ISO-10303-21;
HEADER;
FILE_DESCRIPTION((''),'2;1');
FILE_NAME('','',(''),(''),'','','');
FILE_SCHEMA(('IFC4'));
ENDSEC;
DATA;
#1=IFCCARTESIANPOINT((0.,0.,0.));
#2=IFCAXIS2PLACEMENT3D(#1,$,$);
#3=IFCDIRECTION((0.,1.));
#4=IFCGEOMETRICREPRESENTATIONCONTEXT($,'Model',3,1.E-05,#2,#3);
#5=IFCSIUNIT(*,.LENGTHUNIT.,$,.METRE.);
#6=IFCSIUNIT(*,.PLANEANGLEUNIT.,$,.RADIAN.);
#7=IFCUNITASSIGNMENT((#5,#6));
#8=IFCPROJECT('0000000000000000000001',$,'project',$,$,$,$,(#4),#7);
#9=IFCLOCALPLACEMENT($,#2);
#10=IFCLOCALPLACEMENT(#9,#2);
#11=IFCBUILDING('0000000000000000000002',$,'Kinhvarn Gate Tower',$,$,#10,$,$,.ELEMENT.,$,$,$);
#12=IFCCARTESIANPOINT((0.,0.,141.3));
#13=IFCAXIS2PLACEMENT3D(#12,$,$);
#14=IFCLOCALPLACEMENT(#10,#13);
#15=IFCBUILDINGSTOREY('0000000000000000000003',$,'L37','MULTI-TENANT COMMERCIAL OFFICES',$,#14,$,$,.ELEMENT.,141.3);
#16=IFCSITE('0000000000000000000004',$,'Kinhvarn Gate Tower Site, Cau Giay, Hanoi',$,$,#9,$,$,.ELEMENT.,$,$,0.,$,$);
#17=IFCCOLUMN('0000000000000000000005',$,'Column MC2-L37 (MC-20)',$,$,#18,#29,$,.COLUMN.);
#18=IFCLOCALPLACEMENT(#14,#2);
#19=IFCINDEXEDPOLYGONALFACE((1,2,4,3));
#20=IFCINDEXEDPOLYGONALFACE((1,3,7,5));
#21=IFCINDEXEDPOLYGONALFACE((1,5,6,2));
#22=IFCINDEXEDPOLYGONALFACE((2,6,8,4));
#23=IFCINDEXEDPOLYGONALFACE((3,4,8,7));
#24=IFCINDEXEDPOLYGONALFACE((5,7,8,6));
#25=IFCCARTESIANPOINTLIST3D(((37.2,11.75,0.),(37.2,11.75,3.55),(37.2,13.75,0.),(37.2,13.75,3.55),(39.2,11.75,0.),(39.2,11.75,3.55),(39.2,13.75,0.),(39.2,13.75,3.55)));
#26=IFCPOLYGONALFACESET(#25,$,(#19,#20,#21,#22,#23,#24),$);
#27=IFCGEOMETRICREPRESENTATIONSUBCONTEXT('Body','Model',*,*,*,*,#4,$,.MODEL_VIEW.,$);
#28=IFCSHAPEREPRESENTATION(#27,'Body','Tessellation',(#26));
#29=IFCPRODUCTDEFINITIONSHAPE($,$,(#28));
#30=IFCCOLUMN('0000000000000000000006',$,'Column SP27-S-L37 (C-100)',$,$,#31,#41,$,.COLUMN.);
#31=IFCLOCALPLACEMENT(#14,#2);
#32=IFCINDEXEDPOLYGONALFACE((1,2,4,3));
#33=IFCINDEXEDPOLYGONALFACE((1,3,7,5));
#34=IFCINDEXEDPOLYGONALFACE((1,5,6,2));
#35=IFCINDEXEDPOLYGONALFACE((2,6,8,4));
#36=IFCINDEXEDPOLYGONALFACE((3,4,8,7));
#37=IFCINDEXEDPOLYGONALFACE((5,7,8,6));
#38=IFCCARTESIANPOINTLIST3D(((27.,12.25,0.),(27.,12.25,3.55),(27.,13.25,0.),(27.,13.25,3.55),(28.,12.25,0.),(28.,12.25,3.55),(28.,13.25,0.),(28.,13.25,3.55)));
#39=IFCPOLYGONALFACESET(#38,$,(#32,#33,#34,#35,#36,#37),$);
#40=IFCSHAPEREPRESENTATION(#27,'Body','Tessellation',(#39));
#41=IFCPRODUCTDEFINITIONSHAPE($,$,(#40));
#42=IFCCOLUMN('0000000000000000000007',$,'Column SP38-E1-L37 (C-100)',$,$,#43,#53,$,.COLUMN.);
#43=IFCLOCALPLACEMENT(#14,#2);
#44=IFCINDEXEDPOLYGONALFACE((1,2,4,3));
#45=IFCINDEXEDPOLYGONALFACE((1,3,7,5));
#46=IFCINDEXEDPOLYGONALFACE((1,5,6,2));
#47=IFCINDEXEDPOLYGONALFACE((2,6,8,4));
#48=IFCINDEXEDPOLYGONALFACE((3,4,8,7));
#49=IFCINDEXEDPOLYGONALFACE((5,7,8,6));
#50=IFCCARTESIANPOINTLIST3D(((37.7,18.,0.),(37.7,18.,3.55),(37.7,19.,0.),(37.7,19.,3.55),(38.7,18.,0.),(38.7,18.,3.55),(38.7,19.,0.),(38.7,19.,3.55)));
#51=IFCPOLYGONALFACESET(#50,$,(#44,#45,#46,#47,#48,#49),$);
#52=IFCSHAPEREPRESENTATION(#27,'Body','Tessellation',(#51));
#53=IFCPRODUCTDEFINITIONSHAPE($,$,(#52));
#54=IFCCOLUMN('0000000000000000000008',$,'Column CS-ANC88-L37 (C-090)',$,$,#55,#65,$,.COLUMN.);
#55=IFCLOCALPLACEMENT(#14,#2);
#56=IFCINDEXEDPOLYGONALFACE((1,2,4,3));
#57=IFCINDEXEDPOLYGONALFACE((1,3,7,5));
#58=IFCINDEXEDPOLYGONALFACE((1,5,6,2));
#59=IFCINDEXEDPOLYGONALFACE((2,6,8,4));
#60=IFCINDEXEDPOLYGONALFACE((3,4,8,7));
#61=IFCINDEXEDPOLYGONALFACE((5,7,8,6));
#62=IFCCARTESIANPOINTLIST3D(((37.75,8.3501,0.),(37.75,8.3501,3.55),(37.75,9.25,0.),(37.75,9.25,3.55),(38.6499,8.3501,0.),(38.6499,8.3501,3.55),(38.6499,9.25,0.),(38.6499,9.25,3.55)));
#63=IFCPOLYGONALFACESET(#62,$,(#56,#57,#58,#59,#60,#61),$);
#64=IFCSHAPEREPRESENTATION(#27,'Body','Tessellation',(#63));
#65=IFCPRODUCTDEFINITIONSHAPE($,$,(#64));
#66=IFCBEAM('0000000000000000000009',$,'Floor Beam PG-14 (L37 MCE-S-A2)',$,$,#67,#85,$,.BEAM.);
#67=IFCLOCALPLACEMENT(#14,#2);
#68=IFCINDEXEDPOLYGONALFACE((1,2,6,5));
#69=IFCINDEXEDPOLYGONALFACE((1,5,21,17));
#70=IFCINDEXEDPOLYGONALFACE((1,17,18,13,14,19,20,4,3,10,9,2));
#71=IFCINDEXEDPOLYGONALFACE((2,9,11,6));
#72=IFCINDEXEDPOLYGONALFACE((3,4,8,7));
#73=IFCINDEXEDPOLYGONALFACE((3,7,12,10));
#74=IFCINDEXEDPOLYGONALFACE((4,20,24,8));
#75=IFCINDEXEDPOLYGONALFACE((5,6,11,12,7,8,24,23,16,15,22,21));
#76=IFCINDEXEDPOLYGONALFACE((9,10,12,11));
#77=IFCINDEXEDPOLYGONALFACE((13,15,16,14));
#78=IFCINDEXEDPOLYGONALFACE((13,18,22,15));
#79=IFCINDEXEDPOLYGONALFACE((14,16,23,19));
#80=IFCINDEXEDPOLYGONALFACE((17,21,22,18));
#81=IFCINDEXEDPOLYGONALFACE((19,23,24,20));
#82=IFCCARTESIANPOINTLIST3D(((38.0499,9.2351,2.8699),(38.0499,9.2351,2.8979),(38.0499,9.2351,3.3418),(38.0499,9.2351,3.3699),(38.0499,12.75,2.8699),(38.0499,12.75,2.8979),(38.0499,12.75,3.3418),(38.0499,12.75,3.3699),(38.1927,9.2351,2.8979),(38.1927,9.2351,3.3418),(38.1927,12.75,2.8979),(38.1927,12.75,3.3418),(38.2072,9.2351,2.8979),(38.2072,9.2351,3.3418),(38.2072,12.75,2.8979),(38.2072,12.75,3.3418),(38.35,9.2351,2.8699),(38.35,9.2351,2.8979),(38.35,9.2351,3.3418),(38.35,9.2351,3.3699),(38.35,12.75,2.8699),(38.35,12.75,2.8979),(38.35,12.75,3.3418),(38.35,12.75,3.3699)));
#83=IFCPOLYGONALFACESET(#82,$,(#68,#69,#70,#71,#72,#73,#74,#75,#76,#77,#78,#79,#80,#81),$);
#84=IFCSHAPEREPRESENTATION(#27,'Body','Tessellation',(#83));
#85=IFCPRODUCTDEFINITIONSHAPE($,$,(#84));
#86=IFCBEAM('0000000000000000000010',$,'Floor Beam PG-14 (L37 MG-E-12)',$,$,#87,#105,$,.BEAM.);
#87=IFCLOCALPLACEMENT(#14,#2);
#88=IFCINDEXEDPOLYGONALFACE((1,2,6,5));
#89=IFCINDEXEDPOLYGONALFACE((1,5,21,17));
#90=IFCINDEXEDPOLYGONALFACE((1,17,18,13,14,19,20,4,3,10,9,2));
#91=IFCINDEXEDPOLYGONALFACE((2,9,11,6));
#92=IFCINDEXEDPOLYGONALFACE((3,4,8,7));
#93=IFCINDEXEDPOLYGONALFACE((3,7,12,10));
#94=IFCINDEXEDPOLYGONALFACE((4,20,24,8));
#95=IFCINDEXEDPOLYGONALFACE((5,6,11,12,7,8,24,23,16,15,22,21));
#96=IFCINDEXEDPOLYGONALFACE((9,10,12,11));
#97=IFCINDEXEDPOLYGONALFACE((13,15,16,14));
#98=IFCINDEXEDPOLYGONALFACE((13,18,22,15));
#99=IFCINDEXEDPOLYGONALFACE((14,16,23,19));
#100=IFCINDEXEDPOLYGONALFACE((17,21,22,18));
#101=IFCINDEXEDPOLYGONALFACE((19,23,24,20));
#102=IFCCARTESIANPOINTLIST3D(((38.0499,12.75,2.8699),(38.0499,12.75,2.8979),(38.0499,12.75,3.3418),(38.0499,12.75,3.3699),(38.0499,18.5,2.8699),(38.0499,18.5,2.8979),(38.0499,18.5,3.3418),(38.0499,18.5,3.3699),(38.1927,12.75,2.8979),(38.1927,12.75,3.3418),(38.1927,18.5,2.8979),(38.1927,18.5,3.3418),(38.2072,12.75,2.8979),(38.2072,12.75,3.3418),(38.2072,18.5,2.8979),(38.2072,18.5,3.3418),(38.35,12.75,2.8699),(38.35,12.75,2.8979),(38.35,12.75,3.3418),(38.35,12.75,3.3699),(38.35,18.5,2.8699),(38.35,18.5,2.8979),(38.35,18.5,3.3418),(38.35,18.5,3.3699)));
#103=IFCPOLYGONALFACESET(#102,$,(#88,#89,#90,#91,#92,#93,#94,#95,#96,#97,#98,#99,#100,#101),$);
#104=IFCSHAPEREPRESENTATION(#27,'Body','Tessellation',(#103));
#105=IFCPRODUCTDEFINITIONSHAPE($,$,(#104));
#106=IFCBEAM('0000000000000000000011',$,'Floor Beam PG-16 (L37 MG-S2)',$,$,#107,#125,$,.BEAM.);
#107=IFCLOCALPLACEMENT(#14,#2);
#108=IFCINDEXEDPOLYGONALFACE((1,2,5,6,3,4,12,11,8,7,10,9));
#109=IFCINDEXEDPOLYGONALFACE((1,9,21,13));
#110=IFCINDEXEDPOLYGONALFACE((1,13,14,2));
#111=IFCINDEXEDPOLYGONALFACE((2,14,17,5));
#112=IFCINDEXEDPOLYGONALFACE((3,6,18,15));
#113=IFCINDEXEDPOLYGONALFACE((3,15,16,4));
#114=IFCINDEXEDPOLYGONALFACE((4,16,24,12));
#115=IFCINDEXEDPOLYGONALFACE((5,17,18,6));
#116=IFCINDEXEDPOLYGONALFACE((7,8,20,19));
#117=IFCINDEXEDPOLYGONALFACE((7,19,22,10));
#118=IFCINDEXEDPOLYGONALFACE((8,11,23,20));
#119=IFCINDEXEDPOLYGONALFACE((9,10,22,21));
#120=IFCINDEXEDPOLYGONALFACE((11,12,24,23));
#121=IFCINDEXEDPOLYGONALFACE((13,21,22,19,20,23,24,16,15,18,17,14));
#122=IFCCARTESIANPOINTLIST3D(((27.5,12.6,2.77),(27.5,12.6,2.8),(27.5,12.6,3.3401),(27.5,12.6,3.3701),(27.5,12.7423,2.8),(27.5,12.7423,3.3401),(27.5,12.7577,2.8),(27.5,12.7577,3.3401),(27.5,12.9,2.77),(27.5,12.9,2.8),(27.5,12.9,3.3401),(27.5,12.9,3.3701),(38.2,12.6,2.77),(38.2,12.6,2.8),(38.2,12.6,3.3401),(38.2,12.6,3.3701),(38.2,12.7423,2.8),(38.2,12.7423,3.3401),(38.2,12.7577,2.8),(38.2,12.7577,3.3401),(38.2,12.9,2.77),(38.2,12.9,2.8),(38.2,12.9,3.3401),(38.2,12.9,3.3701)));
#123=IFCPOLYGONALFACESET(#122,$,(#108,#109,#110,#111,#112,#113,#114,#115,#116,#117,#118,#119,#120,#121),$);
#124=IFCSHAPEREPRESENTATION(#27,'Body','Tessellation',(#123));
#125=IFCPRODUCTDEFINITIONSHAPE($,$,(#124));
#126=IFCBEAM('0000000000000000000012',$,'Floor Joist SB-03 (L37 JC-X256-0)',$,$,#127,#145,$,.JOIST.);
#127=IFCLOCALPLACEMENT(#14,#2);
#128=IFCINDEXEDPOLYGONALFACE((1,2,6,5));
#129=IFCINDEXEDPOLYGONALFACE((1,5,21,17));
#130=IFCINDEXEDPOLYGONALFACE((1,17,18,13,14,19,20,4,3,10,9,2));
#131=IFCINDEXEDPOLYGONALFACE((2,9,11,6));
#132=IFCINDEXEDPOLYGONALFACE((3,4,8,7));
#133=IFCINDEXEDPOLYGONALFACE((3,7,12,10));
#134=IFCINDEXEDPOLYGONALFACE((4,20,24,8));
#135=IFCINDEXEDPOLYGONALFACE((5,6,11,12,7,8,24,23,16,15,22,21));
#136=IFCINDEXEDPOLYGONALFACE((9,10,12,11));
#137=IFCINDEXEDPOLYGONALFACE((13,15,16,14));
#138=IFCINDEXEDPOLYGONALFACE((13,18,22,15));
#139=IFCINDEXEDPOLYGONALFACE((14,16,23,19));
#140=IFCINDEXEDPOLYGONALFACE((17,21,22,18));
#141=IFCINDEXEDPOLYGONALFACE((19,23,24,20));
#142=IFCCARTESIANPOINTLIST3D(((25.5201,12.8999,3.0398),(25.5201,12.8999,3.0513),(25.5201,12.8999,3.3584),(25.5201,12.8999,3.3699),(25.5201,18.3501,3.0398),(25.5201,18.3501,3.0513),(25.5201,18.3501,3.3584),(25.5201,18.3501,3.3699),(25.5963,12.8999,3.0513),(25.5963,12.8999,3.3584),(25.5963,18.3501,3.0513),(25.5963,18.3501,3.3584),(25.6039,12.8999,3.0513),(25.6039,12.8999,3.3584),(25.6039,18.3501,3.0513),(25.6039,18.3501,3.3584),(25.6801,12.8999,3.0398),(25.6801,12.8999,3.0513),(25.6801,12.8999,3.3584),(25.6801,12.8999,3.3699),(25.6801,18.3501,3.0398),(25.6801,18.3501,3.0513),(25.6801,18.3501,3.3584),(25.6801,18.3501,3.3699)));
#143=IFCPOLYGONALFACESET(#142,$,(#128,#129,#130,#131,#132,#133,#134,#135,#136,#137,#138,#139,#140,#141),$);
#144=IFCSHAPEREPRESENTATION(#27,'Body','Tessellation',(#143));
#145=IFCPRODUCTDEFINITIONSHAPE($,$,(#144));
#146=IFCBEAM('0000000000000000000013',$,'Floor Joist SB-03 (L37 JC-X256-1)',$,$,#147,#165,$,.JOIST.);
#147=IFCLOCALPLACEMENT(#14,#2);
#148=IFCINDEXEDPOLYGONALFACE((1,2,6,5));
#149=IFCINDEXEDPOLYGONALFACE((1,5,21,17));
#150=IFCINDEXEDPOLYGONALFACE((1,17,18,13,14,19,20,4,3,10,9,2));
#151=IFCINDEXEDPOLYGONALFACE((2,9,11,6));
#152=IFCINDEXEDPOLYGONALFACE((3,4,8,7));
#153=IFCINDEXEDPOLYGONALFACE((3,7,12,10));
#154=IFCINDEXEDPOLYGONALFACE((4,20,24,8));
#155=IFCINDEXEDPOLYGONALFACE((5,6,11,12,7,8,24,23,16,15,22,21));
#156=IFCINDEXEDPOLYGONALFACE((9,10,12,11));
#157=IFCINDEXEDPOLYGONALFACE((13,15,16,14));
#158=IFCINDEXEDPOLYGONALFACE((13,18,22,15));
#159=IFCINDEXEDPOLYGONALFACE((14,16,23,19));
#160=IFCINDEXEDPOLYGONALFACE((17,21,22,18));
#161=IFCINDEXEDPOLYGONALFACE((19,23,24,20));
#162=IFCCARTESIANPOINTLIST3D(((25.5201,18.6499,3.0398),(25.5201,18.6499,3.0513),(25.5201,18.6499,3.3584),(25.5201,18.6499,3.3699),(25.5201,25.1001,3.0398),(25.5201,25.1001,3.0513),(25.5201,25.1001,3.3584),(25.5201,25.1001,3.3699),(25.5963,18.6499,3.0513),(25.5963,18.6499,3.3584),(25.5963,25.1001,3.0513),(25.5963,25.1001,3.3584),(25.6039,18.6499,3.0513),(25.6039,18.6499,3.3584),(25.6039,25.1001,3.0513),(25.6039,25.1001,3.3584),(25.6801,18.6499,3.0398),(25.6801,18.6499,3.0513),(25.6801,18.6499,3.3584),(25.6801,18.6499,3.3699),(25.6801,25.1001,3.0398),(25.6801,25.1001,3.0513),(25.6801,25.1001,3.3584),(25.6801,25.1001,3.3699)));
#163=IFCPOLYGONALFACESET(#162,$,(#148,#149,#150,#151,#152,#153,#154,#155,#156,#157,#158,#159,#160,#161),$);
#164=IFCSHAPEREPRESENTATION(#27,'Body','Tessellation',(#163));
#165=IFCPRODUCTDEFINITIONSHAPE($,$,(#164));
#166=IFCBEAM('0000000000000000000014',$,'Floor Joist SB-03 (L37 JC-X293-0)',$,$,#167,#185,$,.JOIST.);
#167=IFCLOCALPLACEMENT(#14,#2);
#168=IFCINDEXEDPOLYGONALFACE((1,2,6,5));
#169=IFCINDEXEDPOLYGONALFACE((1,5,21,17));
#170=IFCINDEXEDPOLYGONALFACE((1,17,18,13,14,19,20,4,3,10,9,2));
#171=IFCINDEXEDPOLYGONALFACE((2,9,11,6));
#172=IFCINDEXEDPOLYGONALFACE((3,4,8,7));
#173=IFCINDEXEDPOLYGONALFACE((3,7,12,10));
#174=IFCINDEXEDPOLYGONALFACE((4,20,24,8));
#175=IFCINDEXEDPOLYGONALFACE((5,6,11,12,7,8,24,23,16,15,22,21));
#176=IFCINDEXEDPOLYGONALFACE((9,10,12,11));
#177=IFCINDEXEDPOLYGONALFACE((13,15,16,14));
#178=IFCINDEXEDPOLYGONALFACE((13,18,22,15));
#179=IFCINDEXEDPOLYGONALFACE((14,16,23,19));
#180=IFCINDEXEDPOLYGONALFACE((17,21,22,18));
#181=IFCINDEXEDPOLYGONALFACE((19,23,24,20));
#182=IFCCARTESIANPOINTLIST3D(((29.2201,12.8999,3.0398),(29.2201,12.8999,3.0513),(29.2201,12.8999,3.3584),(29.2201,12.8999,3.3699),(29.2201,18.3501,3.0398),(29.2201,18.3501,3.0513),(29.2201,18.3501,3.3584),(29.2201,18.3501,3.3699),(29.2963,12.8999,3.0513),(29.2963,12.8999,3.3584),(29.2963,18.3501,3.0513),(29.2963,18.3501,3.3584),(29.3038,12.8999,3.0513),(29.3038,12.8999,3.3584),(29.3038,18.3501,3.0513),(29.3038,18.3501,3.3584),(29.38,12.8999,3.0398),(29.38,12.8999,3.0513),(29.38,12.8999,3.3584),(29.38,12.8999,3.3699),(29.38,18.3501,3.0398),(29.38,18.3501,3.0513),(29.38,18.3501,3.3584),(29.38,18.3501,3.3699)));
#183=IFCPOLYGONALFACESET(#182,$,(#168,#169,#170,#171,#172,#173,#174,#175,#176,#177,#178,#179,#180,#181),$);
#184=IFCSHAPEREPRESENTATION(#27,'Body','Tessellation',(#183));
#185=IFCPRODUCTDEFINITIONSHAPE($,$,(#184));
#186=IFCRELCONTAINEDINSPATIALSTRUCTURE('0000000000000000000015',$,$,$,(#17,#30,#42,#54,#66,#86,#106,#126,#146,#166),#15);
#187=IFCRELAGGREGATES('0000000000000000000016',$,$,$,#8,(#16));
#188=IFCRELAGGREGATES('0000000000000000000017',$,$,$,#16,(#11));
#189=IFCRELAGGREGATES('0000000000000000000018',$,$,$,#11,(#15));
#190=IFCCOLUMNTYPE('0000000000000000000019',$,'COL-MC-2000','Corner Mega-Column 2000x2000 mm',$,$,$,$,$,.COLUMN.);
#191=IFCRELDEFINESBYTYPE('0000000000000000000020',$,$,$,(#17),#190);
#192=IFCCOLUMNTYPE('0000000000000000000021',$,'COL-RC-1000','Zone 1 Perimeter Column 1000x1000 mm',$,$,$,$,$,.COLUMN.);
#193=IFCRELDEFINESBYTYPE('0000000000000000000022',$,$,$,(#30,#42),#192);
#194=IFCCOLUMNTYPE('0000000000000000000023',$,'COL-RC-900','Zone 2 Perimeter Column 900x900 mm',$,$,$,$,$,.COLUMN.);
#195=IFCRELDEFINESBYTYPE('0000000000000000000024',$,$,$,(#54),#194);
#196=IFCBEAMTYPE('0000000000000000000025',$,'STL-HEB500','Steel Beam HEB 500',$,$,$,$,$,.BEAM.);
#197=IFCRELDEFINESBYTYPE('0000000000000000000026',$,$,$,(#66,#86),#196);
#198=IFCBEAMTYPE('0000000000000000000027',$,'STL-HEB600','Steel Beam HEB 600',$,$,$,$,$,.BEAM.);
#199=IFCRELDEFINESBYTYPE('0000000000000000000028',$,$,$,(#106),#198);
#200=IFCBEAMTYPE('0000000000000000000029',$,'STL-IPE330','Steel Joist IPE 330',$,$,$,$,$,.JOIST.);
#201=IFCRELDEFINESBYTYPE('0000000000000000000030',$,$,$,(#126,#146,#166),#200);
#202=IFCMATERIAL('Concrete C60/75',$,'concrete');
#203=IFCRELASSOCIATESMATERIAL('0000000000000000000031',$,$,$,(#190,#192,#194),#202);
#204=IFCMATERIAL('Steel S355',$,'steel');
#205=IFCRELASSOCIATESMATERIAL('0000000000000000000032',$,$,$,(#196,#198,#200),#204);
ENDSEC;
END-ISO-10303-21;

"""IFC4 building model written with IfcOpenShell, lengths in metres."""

from ifc_helpers import new_model, si_unit, direction, frame, origin, origin_2d, place, context, subcontext, project, spatial, rectangle, i_section, extrude, material, material_profile, profile_set, type_object, element, save


model = new_model("IFC4")

# Units and contexts
model_context = context("Model", 3, precision=1e-05, world=origin(), true_north=direction((0.0, 1.0)))
body_context = subcontext(model_context, "Body", "Model", "MODEL_VIEW")
ifc_project = project(units=[si_unit("LENGTHUNIT", "METRE"), si_unit("PLANEANGLEUNIT", "RADIAN")], contexts=[model_context])

# Site, building, storey
site_placement = place(None, origin())
site = spatial("IfcSite", under=ifc_project, at=site_placement, Name="Kinhvarn Gate Tower Site, Cau Giay, Hanoi", CompositionType="ELEMENT", RefElevation=0.0)
building_placement = place(site_placement, origin())
building = spatial("IfcBuilding", under=site, at=building_placement, Name="Kinhvarn Gate Tower", CompositionType="ELEMENT")
storey_placement = place(building_placement, frame((0.0, 0.0, 141.3)))
storey = spatial("IfcBuildingStorey", under=building, at=storey_placement, Name="L37", Description="MULTI-TENANT COMMERCIAL OFFICES", CompositionType="ELEMENT", Elevation=141.3)

# Columns
ifc_material_1 = material(Name="Concrete C60/75", Category="concrete")
ifc_material_profile_1 = material_profile(ifc_material_1, rectangle(XDim=2.0, YDim=2.0, at=origin_2d()), Name="RC 2000x2000")
ifc_profile_set_1 = profile_set([ifc_material_profile_1], Name="Concrete C60/75")
column_type_1 = type_object("IfcColumnType", Name="COL-MC-2000", Description="Corner Mega-Column 2000x2000 mm", PredefinedType="COLUMN", material=ifc_profile_set_1)
column_1_placement = place(storey_placement, frame((38.2, 12.75, 0.0), z_axis=(0.0, 0.0, 1.0), x_axis=(1.0, 0.0, 0.0)))
element("IfcColumn", 1, at=column_1_placement, inside=storey, type_object=column_type_1, Name="Column MC2-L37 (MC-20)", PredefinedType="COLUMN", context=body_context, shape_type="SweptSolid", body=[
    extrude(rectangle(XDim=2.0, YDim=2.0, at=origin_2d()), origin(), (0.0, 0.0, 1.0), 3.55),
])
ifc_material_profile_2 = material_profile(ifc_material_1, rectangle(XDim=1.0, YDim=1.0, at=origin_2d()), Name="RC 1000x1000")
ifc_profile_set_2 = profile_set([ifc_material_profile_2], Name="Concrete C60/75")
column_type_2 = type_object("IfcColumnType", Name="COL-RC-1000", Description="Zone 1 Perimeter Column 1000x1000 mm", PredefinedType="COLUMN", material=ifc_profile_set_2)
for number, where, z_axis, x_axis, name in (
    (2, (27.5, 12.75, 0.0), (0.0, 0.0, 1.0), (1.0, 0.0, 0.0), "Column SP27-S-L37 (C-100)"),
    (3, (38.2, 18.5, 0.0), (0.0, 0.0, 1.0), (1.0, 0.0, 0.0), "Column SP38-E1-L37 (C-100)"),
):
    element("IfcColumn", number, at=place(storey_placement, frame(where, z_axis=z_axis, x_axis=x_axis)), inside=storey, type_object=column_type_2, Name=name, PredefinedType="COLUMN", context=body_context, shape_type="SweptSolid", body=[
        extrude(rectangle(XDim=1.0, YDim=1.0, at=origin_2d()), origin(), (0.0, 0.0, 1.0), 3.55),
    ])
ifc_material_profile_3 = material_profile(ifc_material_1, rectangle(XDim=0.8999, YDim=0.8999, at=origin_2d()), Name="RC 900x900")
ifc_profile_set_3 = profile_set([ifc_material_profile_3], Name="Concrete C60/75")
column_type_3 = type_object("IfcColumnType", Name="COL-RC-900", Description="Zone 2 Perimeter Column 900x900 mm", PredefinedType="COLUMN", material=ifc_profile_set_3)
column_2_placement = place(storey_placement, frame((38.2, 8.8, 0.0), z_axis=(0.0, 0.0, 1.0), x_axis=(1.0, 0.0, 0.0)))
element("IfcColumn", 4, at=column_2_placement, inside=storey, type_object=column_type_3, Name="Column CS-ANC88-L37 (C-090)", PredefinedType="COLUMN", context=body_context, shape_type="SweptSolid", body=[
    extrude(rectangle(XDim=0.8999, YDim=0.8999, at=origin_2d()), origin(), (0.0, 0.0, 1.0), 3.55),
])

# Beams
ifc_material_2 = material(Name="Steel S355", Category="steel")
ifc_material_profile_4 = material_profile(ifc_material_2, i_section(OverallWidth=0.3, OverallDepth=0.5, WebThickness=0.0144, FlangeThickness=0.0281, at=origin_2d()), Name="HEB 500")
ifc_profile_set_4 = profile_set([ifc_material_profile_4], Name="Steel S355")
beam_type_1 = type_object("IfcBeamType", Name="STL-HEB500", Description="Steel Beam HEB 500", PredefinedType="BEAM", material=ifc_profile_set_4)
beam_1_placement = place(storey_placement, frame((38.2, 9.2351, 3.1199), z_axis=(0.0, 1.0, 0.0), x_axis=(-1.0, 0.0, 0.0)))
element("IfcBeam", 5, at=beam_1_placement, inside=storey, type_object=beam_type_1, Name="Floor Beam PG-14 (L37 MCE-S-A2)", PredefinedType="BEAM", context=body_context, shape_type="SweptSolid", body=[
    extrude(i_section(OverallWidth=0.3, OverallDepth=0.5, WebThickness=0.0144, FlangeThickness=0.0281, at=origin_2d()), origin(), (0.0, 0.0, 1.0), 3.5149),
])
beam_2_placement = place(storey_placement, frame((38.2, 12.75, 3.1199), z_axis=(0.0, 1.0, 0.0), x_axis=(-1.0, 0.0, 0.0)))
element("IfcBeam", 6, at=beam_2_placement, inside=storey, type_object=beam_type_1, Name="Floor Beam PG-14 (L37 MG-E-12)", PredefinedType="BEAM", context=body_context, shape_type="SweptSolid", body=[
    extrude(i_section(OverallWidth=0.3, OverallDepth=0.5, WebThickness=0.0144, FlangeThickness=0.0281, at=origin_2d()), origin(), (0.0, 0.0, 1.0), 5.75),
])
ifc_material_profile_5 = material_profile(ifc_material_2, i_section(OverallWidth=0.3, OverallDepth=0.6001, WebThickness=0.0154, FlangeThickness=0.03, at=origin_2d()), Name="HEB 600")
ifc_profile_set_5 = profile_set([ifc_material_profile_5], Name="Steel S355")
beam_type_2 = type_object("IfcBeamType", Name="STL-HEB600", Description="Steel Beam HEB 600", PredefinedType="BEAM", material=ifc_profile_set_5)
beam_3_placement = place(storey_placement, frame((27.5, 12.75, 3.0701), z_axis=(1.0, 0.0, 0.0), x_axis=(0.0, 1.0, 0.0)))
element("IfcBeam", 7, at=beam_3_placement, inside=storey, type_object=beam_type_2, Name="Floor Beam PG-16 (L37 MG-S2)", PredefinedType="BEAM", context=body_context, shape_type="SweptSolid", body=[
    extrude(i_section(OverallWidth=0.3, OverallDepth=0.6001, WebThickness=0.0154, FlangeThickness=0.03, at=origin_2d()), origin(), (0.0, 0.0, 1.0), 10.7),
])
ifc_material_profile_6 = material_profile(ifc_material_2, i_section(OverallWidth=0.1599, OverallDepth=0.3301, WebThickness=0.0076, FlangeThickness=0.0115, at=origin_2d()), Name="IPE 330")
ifc_profile_set_6 = profile_set([ifc_material_profile_6], Name="Steel S355")
beam_type_3 = type_object("IfcBeamType", Name="STL-IPE330", Description="Steel Joist IPE 330", PredefinedType="JOIST", material=ifc_profile_set_6)
beam_4_placement = place(storey_placement, frame((25.6001, 12.8999, 3.2048), z_axis=(0.0, 1.0, 0.0), x_axis=(-1.0, 0.0, 0.0)))
element("IfcBeam", 8, at=beam_4_placement, inside=storey, type_object=beam_type_3, Name="Floor Joist SB-03 (L37 JC-X256-0)", PredefinedType="JOIST", context=body_context, shape_type="SweptSolid", body=[
    extrude(i_section(OverallWidth=0.1599, OverallDepth=0.3301, WebThickness=0.0076, FlangeThickness=0.0115, at=origin_2d()), origin(), (0.0, 0.0, 1.0), 5.4502),
])
beam_5_placement = place(storey_placement, frame((25.6001, 18.6499, 3.2048), z_axis=(0.0, 1.0, 0.0), x_axis=(-1.0, 0.0, 0.0)))
element("IfcBeam", 9, at=beam_5_placement, inside=storey, type_object=beam_type_3, Name="Floor Joist SB-03 (L37 JC-X256-1)", PredefinedType="JOIST", context=body_context, shape_type="SweptSolid", body=[
    extrude(i_section(OverallWidth=0.1599, OverallDepth=0.3301, WebThickness=0.0076, FlangeThickness=0.0115, at=origin_2d()), origin(), (0.0, 0.0, 1.0), 6.4502),
])
beam_6_placement = place(storey_placement, frame((29.3, 12.8999, 3.2048), z_axis=(0.0, 1.0, 0.0), x_axis=(-1.0, 0.0, 0.0)))
element("IfcBeam", 10, at=beam_6_placement, inside=storey, type_object=beam_type_3, Name="Floor Joist SB-03 (L37 JC-X293-0)", PredefinedType="JOIST", context=body_context, shape_type="SweptSolid", body=[
    extrude(i_section(OverallWidth=0.1599, OverallDepth=0.3301, WebThickness=0.0076, FlangeThickness=0.0115, at=origin_2d()), origin(), (0.0, 0.0, 1.0), 5.4502),
])

save(model, "model.ifc")
